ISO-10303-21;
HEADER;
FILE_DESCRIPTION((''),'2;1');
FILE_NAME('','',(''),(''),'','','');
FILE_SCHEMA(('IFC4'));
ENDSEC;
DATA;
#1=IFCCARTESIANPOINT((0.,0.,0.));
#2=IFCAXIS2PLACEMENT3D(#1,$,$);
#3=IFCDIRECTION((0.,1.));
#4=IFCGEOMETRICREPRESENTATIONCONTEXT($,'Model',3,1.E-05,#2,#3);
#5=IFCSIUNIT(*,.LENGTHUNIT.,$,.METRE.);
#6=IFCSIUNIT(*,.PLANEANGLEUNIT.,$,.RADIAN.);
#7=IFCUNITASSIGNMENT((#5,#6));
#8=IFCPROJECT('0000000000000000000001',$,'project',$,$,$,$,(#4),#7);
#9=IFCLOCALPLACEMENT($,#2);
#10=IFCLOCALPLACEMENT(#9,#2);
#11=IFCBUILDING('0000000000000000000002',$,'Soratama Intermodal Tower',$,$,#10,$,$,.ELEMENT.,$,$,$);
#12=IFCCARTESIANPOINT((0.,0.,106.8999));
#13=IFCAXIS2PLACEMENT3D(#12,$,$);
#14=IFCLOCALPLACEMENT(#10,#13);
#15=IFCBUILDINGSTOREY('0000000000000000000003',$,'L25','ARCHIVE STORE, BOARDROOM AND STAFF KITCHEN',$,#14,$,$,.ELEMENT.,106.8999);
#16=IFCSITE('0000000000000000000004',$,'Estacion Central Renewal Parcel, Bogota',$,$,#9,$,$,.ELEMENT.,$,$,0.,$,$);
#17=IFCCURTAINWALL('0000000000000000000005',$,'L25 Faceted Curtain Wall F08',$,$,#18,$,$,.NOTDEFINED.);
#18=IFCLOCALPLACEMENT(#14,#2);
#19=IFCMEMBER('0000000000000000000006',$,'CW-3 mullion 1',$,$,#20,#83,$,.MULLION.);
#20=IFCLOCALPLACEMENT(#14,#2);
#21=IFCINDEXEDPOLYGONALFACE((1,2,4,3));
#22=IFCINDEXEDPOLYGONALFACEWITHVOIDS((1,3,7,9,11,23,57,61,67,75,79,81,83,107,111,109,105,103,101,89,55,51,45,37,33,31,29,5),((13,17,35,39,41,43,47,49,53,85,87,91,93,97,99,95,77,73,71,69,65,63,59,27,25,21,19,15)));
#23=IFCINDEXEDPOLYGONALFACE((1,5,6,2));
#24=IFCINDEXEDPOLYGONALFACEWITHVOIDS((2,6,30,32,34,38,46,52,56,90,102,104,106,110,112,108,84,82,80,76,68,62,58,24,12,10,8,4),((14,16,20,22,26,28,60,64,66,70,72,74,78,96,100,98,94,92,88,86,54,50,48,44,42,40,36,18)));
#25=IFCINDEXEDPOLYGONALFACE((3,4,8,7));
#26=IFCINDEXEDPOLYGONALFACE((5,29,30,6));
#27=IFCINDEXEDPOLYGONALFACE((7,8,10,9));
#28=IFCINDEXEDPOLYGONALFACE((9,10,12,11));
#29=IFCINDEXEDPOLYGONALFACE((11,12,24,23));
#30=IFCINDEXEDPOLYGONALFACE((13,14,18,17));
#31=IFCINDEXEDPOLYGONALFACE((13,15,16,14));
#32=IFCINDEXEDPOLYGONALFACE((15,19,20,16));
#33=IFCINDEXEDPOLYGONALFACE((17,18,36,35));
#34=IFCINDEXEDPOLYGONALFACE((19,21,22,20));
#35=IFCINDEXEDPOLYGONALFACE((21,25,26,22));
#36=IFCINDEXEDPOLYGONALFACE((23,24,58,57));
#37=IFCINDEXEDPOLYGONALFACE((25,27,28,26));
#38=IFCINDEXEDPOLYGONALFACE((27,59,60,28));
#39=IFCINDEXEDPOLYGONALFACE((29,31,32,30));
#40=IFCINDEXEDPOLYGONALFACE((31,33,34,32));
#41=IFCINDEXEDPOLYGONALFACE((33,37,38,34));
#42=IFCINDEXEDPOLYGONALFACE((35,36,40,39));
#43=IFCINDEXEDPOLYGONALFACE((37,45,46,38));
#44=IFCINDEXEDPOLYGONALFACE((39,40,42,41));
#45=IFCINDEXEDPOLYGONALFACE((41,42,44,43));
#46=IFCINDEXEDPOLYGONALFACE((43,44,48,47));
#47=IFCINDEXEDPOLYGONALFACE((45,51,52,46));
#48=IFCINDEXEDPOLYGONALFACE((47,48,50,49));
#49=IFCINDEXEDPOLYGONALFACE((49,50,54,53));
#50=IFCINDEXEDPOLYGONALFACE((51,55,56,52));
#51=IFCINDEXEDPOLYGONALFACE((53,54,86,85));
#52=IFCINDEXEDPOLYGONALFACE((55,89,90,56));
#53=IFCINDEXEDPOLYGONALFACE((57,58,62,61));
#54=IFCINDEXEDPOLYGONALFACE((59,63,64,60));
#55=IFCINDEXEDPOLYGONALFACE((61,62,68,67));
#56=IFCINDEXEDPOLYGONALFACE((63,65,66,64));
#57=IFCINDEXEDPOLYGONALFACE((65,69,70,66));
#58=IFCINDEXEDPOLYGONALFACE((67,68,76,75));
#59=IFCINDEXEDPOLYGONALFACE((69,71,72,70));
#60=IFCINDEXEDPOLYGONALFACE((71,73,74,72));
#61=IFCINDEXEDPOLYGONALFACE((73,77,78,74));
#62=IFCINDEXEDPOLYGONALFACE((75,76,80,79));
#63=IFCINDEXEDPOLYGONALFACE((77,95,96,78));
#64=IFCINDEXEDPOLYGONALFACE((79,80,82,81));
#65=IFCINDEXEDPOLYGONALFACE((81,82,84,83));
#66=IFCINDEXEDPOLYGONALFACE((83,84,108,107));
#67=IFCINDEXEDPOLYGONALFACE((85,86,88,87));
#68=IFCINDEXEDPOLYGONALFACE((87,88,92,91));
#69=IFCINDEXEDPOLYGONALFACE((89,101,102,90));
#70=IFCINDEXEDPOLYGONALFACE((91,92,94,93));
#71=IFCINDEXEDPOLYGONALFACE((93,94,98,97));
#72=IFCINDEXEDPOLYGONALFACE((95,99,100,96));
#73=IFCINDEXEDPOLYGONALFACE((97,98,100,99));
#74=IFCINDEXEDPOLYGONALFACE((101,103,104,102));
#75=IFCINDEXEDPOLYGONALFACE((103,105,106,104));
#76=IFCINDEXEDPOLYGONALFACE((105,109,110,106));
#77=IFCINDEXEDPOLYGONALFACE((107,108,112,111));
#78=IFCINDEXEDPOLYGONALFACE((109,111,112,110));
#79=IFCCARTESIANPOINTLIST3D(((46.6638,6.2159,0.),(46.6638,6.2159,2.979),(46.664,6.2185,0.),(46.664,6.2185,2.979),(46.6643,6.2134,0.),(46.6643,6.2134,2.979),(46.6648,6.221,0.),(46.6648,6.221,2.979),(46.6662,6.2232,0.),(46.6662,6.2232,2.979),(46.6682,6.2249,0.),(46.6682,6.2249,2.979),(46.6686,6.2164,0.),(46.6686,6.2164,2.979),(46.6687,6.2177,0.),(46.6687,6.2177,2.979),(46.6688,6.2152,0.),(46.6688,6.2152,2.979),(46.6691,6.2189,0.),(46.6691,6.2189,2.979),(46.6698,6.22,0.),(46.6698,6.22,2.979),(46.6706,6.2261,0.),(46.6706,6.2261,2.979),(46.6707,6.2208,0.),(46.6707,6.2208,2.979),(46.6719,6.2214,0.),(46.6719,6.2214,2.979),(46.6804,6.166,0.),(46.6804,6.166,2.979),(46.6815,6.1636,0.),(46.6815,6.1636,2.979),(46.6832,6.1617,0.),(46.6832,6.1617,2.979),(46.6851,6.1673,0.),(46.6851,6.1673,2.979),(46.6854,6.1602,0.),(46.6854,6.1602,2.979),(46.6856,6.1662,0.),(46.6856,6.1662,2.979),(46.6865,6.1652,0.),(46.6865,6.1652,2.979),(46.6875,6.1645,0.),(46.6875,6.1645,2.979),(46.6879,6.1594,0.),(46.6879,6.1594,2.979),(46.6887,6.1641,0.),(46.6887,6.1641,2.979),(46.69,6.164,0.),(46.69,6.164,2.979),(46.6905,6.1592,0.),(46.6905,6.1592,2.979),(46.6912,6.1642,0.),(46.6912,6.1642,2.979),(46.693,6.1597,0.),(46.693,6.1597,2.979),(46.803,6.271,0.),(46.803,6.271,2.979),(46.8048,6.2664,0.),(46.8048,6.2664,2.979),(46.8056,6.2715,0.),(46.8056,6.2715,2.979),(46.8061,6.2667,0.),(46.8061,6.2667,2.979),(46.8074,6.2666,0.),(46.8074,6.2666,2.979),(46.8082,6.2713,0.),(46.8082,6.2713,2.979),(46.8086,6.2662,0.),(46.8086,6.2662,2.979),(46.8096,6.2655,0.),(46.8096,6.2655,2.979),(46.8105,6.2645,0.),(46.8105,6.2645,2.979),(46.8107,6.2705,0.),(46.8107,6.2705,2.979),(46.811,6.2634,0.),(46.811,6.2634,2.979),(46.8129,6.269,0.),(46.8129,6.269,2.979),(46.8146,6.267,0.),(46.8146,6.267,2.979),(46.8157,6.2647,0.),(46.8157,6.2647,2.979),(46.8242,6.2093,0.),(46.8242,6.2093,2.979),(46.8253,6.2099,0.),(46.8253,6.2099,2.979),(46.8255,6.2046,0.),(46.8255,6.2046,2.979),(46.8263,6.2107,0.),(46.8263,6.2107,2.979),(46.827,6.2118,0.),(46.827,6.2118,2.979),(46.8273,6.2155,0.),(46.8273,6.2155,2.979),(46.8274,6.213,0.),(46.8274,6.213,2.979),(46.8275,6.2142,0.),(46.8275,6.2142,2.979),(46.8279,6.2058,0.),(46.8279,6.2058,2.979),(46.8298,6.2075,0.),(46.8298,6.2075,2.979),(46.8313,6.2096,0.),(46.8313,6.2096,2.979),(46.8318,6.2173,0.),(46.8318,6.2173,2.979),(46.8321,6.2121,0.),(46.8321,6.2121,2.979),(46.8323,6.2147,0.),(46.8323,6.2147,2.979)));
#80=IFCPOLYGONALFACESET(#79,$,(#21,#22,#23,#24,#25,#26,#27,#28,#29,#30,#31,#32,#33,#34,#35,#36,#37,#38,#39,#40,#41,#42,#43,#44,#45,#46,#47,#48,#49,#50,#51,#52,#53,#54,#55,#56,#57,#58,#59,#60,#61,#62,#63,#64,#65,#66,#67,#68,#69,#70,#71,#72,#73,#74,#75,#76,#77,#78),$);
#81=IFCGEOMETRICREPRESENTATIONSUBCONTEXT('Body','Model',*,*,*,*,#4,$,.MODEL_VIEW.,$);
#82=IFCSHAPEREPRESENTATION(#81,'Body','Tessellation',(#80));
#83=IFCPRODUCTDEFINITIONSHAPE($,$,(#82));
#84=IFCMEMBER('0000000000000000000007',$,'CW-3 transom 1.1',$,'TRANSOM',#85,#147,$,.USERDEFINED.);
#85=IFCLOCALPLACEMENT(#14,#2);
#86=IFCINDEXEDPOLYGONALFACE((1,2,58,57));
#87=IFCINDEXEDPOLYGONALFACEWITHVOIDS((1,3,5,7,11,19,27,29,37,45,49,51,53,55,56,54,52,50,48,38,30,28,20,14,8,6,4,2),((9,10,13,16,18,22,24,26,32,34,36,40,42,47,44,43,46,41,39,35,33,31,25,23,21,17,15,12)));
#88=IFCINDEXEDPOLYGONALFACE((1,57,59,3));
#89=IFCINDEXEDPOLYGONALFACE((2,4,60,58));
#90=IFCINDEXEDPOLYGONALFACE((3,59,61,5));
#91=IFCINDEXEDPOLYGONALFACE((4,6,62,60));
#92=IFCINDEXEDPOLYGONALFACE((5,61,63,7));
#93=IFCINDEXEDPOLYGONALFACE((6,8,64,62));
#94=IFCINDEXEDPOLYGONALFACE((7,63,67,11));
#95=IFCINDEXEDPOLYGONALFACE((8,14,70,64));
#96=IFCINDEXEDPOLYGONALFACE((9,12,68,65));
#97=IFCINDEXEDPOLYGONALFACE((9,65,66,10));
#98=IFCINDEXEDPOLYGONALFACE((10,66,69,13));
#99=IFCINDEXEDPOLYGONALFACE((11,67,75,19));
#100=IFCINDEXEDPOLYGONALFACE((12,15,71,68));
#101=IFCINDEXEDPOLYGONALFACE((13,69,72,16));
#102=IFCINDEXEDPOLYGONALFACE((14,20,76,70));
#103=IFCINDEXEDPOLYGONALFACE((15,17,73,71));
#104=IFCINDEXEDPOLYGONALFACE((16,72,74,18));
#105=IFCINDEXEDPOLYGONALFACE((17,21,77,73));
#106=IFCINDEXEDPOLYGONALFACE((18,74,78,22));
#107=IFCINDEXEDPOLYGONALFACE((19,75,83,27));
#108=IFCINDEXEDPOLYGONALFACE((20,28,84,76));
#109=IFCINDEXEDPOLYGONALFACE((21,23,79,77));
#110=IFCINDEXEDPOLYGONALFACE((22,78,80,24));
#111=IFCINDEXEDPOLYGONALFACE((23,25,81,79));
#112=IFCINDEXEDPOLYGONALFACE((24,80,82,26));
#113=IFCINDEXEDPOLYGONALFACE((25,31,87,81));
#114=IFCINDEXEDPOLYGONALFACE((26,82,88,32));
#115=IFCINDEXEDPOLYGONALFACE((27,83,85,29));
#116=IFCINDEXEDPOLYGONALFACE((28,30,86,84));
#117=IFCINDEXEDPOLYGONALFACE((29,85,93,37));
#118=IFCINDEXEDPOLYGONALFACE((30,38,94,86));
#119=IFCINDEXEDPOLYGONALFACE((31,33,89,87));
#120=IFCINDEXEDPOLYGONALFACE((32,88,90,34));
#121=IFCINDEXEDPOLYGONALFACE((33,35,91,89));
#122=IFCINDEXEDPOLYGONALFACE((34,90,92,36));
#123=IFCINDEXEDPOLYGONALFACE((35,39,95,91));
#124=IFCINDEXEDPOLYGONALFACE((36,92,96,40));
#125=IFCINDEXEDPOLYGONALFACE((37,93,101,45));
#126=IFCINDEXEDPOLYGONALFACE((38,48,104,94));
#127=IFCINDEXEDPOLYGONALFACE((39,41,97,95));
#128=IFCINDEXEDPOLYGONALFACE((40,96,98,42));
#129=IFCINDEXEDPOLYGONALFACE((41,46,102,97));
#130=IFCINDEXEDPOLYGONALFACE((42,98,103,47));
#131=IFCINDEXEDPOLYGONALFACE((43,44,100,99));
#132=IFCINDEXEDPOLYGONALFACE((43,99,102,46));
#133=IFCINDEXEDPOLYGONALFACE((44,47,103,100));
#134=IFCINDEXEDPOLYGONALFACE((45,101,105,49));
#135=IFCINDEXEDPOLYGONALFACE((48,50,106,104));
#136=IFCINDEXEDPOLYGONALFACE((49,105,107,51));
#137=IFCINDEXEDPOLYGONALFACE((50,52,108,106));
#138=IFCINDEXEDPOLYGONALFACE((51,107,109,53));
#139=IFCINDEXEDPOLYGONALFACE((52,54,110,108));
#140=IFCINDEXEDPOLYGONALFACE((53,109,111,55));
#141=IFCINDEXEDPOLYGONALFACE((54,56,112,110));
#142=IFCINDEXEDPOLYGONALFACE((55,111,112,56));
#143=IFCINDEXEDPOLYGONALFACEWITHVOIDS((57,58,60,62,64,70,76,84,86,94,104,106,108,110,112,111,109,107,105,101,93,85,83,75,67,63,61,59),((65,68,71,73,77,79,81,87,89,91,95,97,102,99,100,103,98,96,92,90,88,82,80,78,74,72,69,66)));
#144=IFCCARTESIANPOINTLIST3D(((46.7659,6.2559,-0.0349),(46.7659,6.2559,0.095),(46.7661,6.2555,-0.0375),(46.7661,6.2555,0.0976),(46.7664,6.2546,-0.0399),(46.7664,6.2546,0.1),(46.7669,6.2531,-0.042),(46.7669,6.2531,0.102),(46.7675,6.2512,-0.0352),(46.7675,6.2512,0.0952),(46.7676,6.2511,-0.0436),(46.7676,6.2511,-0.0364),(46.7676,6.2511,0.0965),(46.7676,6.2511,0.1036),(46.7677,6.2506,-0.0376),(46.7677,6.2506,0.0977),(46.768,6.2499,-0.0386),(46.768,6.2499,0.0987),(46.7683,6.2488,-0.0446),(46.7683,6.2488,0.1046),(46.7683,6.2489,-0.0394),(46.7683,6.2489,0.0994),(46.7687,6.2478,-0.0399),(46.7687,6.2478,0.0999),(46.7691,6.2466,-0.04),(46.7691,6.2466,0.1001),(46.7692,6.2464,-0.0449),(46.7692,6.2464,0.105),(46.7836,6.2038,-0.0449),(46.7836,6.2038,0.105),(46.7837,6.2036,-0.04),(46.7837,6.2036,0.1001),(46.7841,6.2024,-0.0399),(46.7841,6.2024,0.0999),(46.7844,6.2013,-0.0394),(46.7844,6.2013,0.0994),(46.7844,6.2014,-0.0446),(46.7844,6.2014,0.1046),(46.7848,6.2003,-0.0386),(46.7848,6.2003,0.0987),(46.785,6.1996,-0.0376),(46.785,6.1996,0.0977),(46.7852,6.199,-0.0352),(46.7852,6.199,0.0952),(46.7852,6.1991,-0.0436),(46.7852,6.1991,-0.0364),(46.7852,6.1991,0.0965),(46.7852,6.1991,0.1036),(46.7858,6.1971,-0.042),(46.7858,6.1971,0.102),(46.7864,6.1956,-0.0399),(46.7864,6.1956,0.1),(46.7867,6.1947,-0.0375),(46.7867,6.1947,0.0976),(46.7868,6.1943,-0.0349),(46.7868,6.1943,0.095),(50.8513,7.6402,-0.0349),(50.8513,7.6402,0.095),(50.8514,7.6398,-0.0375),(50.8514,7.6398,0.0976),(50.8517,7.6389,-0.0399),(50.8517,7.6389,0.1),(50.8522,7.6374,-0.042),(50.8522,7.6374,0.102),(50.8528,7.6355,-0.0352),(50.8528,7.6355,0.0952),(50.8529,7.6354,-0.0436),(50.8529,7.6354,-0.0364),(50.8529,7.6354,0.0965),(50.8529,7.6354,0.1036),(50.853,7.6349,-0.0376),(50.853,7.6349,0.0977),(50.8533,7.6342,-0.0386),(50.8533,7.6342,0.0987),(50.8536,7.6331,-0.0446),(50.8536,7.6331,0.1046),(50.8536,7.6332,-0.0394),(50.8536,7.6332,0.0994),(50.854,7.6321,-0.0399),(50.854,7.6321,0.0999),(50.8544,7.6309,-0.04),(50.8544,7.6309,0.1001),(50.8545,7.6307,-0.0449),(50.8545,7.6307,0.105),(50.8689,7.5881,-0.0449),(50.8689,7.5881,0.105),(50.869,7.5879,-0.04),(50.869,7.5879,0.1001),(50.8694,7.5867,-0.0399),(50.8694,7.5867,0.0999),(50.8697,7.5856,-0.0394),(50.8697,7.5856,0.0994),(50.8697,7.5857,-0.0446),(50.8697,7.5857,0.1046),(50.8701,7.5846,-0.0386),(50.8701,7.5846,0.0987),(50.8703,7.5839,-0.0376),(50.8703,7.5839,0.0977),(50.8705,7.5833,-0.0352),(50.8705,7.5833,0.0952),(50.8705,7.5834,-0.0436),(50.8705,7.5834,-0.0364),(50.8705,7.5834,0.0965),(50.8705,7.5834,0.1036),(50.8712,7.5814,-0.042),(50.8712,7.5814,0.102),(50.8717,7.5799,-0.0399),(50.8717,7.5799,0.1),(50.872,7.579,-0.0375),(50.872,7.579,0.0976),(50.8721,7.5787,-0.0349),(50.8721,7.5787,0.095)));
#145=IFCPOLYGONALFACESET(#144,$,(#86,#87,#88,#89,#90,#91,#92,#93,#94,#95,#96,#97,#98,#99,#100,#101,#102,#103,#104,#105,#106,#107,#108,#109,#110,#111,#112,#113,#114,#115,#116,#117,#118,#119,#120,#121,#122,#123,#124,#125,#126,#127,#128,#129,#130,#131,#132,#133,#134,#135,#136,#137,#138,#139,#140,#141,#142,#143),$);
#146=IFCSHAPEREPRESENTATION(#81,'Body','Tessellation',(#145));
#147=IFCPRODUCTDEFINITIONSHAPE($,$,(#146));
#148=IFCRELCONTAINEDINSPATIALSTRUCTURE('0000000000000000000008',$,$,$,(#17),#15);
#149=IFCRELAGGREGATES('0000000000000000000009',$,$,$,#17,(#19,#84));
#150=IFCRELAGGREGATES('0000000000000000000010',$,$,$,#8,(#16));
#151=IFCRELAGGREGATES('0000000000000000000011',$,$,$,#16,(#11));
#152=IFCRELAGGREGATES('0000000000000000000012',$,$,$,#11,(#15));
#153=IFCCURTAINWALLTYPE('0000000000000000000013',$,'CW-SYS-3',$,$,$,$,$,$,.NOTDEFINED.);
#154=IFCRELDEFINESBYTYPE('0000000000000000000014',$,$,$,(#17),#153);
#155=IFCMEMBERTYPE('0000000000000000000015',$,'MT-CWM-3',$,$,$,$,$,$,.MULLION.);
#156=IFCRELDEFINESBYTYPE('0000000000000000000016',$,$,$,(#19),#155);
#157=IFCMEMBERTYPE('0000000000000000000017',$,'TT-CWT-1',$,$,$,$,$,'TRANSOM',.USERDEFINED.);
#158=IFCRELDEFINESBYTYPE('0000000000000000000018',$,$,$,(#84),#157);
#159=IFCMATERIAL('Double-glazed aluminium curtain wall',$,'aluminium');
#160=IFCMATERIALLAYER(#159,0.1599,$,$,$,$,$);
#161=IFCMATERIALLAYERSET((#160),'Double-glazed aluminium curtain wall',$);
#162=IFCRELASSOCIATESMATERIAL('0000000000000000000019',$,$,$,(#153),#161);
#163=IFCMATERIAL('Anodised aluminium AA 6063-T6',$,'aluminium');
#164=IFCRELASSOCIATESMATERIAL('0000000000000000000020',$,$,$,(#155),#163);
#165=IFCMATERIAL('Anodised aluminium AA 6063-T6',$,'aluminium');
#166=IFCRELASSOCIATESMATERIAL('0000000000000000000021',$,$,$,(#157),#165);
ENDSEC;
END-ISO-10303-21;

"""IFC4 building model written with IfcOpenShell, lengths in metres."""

from ifc_helpers import new_model, si_unit, direction, frame, origin, origin_2d, place, context, subcontext, project, spatial, hollow_rectangle, extrude, material, layer, layer_set, material_profile, profile_set, type_object, element, aggregate, save


model = new_model("IFC4")

# Units and contexts
model_context = context("Model", 3, precision=1e-05, world=origin(), true_north=direction((0.0, 1.0)))
body_context = subcontext(model_context, "Body", "Model", "MODEL_VIEW")
ifc_project = project(units=[si_unit("LENGTHUNIT", "METRE"), si_unit("PLANEANGLEUNIT", "RADIAN")], contexts=[model_context])

# Site, building, storey
site_placement = place(None, origin())
site = spatial("IfcSite", under=ifc_project, at=site_placement, Name="Estacion Central Renewal Parcel, Bogota", CompositionType="ELEMENT", RefElevation=0.0)
building_placement = place(site_placement, origin())
building = spatial("IfcBuilding", under=site, at=building_placement, Name="Soratama Intermodal Tower", CompositionType="ELEMENT")
storey_placement = place(building_placement, frame((0.0, 0.0, 106.8999)))
storey = spatial("IfcBuildingStorey", under=building, at=storey_placement, Name="L25", Description="ARCHIVE STORE, BOARDROOM AND STAFF KITCHEN", CompositionType="ELEMENT", Elevation=106.8999)

# Shared definitions
ifc_material_1 = material(Name="Double-glazed aluminium curtain wall", Category="aluminium")
ifc_layer_1 = layer(ifc_material_1, 0.1599)
ifc_layer_set_1 = layer_set([ifc_layer_1], Name="Double-glazed aluminium curtain wall")
curtain_wall_type = type_object("IfcCurtainWallType", Name="CW-SYS-3", PredefinedType="NOTDEFINED", material=ifc_layer_set_1)
ifc_material_2 = material(Name="Anodised aluminium AA 6063-T6", Category="aluminium")
ifc_material_profile_1 = material_profile(ifc_material_2, hollow_rectangle(XDim=0.0701, YDim=0.1599, WallThickness=0.0049, InnerFilletRadius=0.0049, OuterFilletRadius=0.01, at=origin_2d()), Name="CWM160X70X5")
ifc_profile_set_1 = profile_set([ifc_material_profile_1], Name="Anodised aluminium AA 6063-T6")
member_type_1 = type_object("IfcMemberType", Name="MT-CWM-3", PredefinedType="MULLION", material=ifc_profile_set_1)

# Curtain wall, members
curtain_wall_1_placement = place(storey_placement, origin())
curtain_wall_1 = element("IfcCurtainWall", 1, at=curtain_wall_1_placement, inside=storey, type_object=curtain_wall_type, Name="L25 Faceted Curtain Wall F08", PredefinedType="NOTDEFINED")
member_1_placement = place(storey_placement, frame((46.748, 6.2153, 0.0), z_axis=(0.0, 0.0, 1.0), x_axis=(-0.320945, 0.947098, 0.0)))
member_1 = element("IfcMember", 2, at=member_1_placement, type_object=member_type_1, Name="CW-3 mullion 1", PredefinedType="MULLION", context=body_context, shape_type="SweptSolid", body=[
    extrude(hollow_rectangle(XDim=0.0701, YDim=0.1599, WallThickness=0.0049, InnerFilletRadius=0.0049, OuterFilletRadius=0.01, at=origin_2d()), origin(), (0.0, 0.0, 1.0), 2.979),
])
ifc_material_3 = material(Name="Anodised aluminium AA 6063-T6", Category="aluminium")
ifc_material_profile_2 = material_profile(ifc_material_3, hollow_rectangle(XDim=0.0649, YDim=0.1499, WallThickness=0.0049, InnerFilletRadius=0.0049, OuterFilletRadius=0.01, at=origin_2d()), Name="CWT150X65X5")
ifc_profile_set_2 = profile_set([ifc_material_profile_2], Name="Anodised aluminium AA 6063-T6")
member_type_2 = type_object("IfcMemberType", Name="TT-CWT-1", ElementType="TRANSOM", PredefinedType="USERDEFINED", material=ifc_profile_set_2)
member_2_placement = place(storey_placement, frame((46.7764, 6.2251, 0.03), z_axis=(0.947104, 0.320927, 0.0), x_axis=(-0.320927, 0.947104, 0.0)))
member_2 = element("IfcMember", 3, at=member_2_placement, type_object=member_type_2, Name="CW-3 transom 1.1", ObjectType="TRANSOM", PredefinedType="USERDEFINED", context=body_context, shape_type="SweptSolid", body=[
    extrude(hollow_rectangle(XDim=0.0649, YDim=0.1499, WallThickness=0.0049, InnerFilletRadius=0.0049, OuterFilletRadius=0.01, at=origin_2d()), origin(), (0.0, 0.0, 1.0), 4.3135),
])
aggregate(curtain_wall_1, [member_1, member_2])

save(model, "model.ifc")
